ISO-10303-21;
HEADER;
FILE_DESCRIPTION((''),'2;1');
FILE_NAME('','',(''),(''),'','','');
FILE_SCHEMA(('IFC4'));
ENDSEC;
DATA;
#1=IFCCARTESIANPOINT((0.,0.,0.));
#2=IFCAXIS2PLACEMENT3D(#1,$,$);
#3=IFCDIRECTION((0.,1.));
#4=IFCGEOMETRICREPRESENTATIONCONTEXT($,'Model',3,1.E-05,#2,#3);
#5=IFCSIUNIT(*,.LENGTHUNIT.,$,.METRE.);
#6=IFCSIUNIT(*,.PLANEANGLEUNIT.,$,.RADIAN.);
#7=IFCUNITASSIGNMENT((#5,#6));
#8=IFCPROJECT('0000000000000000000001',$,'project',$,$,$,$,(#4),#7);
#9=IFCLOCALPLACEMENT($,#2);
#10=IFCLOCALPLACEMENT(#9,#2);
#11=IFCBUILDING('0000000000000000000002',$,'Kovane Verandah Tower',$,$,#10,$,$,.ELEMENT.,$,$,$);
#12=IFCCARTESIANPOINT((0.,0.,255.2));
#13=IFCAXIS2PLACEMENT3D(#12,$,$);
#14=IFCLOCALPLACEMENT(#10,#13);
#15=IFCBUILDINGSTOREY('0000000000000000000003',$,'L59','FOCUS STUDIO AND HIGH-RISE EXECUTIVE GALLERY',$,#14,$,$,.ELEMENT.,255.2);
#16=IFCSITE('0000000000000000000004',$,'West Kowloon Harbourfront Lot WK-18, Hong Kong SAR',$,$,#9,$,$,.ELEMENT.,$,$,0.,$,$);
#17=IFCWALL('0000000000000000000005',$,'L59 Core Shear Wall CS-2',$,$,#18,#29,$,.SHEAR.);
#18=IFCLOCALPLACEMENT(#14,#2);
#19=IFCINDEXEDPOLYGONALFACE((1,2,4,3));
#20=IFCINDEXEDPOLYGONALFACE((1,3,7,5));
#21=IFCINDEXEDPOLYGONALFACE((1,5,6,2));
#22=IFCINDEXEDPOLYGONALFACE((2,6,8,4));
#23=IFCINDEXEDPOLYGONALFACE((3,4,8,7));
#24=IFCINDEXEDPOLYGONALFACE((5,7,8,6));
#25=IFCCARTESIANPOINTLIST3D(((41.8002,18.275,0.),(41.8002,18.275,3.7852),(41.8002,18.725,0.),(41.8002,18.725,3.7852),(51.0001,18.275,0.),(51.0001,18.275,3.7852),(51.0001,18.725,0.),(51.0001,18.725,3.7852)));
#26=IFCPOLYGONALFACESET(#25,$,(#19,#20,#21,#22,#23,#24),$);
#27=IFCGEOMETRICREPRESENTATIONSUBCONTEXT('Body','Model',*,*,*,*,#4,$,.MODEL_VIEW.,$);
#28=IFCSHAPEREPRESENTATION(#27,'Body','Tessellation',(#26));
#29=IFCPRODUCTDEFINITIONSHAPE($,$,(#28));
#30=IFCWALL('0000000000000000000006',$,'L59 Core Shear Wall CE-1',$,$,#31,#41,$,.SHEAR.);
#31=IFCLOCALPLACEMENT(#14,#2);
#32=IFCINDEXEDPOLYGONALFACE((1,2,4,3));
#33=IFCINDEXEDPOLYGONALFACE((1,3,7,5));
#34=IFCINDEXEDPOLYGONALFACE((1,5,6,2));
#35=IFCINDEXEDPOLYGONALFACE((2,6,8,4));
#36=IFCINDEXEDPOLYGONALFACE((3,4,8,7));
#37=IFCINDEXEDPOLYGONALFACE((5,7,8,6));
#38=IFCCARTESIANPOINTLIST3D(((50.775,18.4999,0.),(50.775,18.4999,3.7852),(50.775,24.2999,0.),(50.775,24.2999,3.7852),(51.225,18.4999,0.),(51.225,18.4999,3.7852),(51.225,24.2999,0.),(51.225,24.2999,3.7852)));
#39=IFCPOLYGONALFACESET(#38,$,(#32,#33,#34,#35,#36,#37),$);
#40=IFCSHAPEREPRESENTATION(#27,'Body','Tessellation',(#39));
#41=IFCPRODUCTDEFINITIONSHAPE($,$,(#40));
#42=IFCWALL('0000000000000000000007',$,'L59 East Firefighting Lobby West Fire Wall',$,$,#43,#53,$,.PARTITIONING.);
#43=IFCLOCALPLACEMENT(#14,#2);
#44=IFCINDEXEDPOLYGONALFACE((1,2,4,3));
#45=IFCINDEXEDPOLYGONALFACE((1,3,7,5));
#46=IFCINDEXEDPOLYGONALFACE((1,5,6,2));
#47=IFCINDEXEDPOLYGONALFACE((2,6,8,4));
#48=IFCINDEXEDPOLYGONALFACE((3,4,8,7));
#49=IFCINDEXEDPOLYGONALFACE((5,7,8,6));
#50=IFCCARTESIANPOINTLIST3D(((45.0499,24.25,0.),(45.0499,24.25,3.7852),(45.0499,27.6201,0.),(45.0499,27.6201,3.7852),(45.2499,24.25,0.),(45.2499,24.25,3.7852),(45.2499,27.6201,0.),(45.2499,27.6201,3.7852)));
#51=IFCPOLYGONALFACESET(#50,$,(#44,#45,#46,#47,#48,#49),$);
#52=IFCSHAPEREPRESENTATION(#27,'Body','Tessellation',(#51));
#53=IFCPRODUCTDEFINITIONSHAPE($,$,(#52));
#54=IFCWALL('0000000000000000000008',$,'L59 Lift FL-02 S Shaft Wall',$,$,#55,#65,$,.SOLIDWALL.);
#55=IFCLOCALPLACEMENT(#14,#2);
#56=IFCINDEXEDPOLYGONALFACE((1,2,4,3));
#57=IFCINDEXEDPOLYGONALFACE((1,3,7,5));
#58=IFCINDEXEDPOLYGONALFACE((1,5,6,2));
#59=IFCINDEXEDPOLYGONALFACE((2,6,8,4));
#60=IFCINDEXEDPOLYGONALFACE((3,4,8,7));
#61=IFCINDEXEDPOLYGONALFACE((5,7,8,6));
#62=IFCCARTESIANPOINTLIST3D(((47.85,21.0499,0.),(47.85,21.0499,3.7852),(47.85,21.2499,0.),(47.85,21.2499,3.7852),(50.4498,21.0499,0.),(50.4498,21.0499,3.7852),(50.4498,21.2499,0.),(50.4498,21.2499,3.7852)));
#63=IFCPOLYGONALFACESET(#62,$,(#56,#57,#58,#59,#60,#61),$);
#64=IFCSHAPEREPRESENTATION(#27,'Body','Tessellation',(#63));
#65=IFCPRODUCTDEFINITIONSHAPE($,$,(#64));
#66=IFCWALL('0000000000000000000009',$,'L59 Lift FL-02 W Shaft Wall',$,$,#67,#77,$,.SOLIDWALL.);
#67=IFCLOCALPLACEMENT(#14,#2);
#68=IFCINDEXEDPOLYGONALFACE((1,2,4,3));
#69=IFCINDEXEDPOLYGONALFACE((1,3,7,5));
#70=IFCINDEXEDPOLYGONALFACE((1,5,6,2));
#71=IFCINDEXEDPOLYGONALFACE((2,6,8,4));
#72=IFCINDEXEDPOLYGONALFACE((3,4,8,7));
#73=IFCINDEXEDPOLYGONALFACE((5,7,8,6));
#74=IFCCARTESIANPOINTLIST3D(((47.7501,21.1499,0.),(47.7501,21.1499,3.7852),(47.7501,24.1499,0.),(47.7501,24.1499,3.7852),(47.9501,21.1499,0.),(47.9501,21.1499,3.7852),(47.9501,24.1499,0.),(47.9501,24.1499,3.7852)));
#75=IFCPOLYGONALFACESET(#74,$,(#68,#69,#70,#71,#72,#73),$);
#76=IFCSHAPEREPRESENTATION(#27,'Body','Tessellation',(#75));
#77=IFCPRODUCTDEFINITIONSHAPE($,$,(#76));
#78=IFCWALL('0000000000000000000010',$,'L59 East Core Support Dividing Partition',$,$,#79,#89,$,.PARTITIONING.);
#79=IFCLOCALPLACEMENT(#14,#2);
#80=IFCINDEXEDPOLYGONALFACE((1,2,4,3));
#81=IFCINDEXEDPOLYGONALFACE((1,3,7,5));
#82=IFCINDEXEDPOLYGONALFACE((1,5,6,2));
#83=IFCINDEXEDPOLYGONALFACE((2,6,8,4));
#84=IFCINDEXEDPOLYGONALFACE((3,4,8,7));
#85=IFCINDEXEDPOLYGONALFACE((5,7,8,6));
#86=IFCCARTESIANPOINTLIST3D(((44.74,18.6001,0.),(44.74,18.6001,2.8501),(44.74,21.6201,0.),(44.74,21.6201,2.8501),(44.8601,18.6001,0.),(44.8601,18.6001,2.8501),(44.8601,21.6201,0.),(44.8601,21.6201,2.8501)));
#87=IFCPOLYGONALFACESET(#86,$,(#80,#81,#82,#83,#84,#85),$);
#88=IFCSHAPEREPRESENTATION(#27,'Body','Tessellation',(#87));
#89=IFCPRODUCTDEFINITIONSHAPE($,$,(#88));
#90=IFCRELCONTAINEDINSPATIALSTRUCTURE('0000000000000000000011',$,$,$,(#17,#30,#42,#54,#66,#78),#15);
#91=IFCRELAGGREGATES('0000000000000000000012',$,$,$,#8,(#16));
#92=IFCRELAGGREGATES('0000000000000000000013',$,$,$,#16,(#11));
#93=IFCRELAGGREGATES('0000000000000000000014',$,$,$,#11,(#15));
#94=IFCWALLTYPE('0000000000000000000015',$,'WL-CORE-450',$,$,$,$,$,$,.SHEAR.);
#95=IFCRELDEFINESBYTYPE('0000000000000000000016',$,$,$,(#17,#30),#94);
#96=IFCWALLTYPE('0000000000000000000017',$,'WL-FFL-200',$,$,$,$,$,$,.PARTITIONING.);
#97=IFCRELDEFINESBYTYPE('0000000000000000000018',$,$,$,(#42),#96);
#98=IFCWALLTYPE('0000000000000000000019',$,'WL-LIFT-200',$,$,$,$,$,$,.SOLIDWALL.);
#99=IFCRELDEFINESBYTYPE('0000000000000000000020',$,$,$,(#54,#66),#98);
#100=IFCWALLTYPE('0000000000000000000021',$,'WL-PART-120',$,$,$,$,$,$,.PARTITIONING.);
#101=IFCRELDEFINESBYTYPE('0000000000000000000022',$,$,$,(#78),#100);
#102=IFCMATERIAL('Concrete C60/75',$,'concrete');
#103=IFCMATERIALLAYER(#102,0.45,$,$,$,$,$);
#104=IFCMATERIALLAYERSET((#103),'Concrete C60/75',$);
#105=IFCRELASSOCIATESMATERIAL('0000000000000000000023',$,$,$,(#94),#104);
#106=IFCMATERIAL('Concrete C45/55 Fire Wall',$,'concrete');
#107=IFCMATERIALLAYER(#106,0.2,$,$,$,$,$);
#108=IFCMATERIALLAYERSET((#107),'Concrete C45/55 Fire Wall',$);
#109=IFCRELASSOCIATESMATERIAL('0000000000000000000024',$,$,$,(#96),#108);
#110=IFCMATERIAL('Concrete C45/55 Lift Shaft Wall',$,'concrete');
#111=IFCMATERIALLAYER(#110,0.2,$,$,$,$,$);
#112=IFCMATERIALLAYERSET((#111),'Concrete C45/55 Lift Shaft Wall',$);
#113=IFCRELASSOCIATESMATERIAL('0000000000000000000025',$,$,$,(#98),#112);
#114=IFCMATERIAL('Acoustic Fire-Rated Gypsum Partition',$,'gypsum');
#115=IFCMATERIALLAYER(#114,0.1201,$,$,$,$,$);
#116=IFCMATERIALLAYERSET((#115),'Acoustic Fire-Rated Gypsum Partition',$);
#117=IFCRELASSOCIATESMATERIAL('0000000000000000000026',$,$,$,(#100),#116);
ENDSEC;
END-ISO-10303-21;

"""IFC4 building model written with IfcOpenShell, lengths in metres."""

from ifc_helpers import new_model, si_unit, direction, frame, frame_2d, origin, place, context, subcontext, project, spatial, rectangle, extrude, material, layer, layer_set, type_object, element, save


model = new_model("IFC4")

# Units and contexts
model_context = context("Model", 3, precision=1e-05, world=origin(), true_north=direction((0.0, 1.0)))
body_context = subcontext(model_context, "Body", "Model", "MODEL_VIEW")
ifc_project = project(units=[si_unit("LENGTHUNIT", "METRE"), si_unit("PLANEANGLEUNIT", "RADIAN")], contexts=[model_context])

# Site, building, storey
site_placement = place(None, origin())
site = spatial("IfcSite", under=ifc_project, at=site_placement, Name="West Kowloon Harbourfront Lot WK-18, Hong Kong SAR", CompositionType="ELEMENT", RefElevation=0.0)
building_placement = place(site_placement, origin())
building = spatial("IfcBuilding", under=site, at=building_placement, Name="Kovane Verandah Tower", CompositionType="ELEMENT")
storey_placement = place(building_placement, frame((0.0, 0.0, 255.2)))
storey = spatial("IfcBuildingStorey", under=building, at=storey_placement, Name="L59", Description="FOCUS STUDIO AND HIGH-RISE EXECUTIVE GALLERY", CompositionType="ELEMENT", Elevation=255.2)

# Shared definitions
ifc_material_1 = material(Name="Concrete C60/75", Category="concrete")

# Walls
ifc_layer_1 = layer(ifc_material_1, 0.45)
ifc_layer_set_1 = layer_set([ifc_layer_1], Name="Concrete C60/75")
wall_type_1 = type_object("IfcWallType", Name="WL-CORE-450", PredefinedType="SHEAR", material=ifc_layer_set_1)
wall_1_placement = place(storey_placement, frame((41.8, 18.5, 0.0), z_axis=(0.0, 0.0, 1.0), x_axis=(1.0, 0.0, 0.0)))
element("IfcWall", 1, at=wall_1_placement, inside=storey, type_object=wall_type_1, Name="L59 Core Shear Wall CS-2", PredefinedType="SHEAR", context=body_context, shape_type="SweptSolid", body=[
    extrude(rectangle(XDim=9.2, YDim=0.45, at=frame_2d((4.6001, 0.0))), origin(), (0.0, 0.0, 1.0), 3.7852),
])
wall_2_placement = place(storey_placement, frame((51.0, 18.5, 0.0), z_axis=(0.0, 0.0, 1.0), x_axis=(0.0, 1.0, 0.0)))
element("IfcWall", 2, at=wall_2_placement, inside=storey, type_object=wall_type_1, Name="L59 Core Shear Wall CE-1", PredefinedType="SHEAR", context=body_context, shape_type="SweptSolid", body=[
    extrude(rectangle(XDim=5.8, YDim=0.45, at=frame_2d((2.8999, 0.0))), origin(), (0.0, 0.0, 1.0), 3.7852),
])
ifc_material_2 = material(Name="Concrete C45/55 Fire Wall", Category="concrete")
ifc_layer_2 = layer(ifc_material_2, 0.2)
ifc_layer_set_2 = layer_set([ifc_layer_2], Name="Concrete C45/55 Fire Wall")
wall_type_2 = type_object("IfcWallType", Name="WL-FFL-200", PredefinedType="PARTITIONING", material=ifc_layer_set_2)
wall_3_placement = place(storey_placement, frame((45.1499, 24.25, 0.0), z_axis=(0.0, 0.0, 1.0), x_axis=(0.0, 1.0, 0.0)))
element("IfcWall", 3, at=wall_3_placement, inside=storey, type_object=wall_type_2, Name="L59 East Firefighting Lobby West Fire Wall", PredefinedType="PARTITIONING", context=body_context, shape_type="SweptSolid", body=[
    extrude(rectangle(XDim=3.3701, YDim=0.2, at=frame_2d((1.6851, 0.0))), origin(), (0.0, 0.0, 1.0), 3.7852),
])

# Wall
ifc_material_3 = material(Name="Concrete C45/55 Lift Shaft Wall", Category="concrete")
ifc_layer_3 = layer(ifc_material_3, 0.2)
ifc_layer_set_3 = layer_set([ifc_layer_3], Name="Concrete C45/55 Lift Shaft Wall")
wall_type_3 = type_object("IfcWallType", Name="WL-LIFT-200", PredefinedType="SOLIDWALL", material=ifc_layer_set_3)
wall_4_placement = place(storey_placement, frame((47.8501, 21.1499, 0.0), z_axis=(0.0, 0.0, 1.0), x_axis=(1.0, 0.0, 0.0)))
element("IfcWall", 4, at=wall_4_placement, inside=storey, type_object=wall_type_3, Name="L59 Lift FL-02 S Shaft Wall", PredefinedType="SOLIDWALL", context=body_context, shape_type="SweptSolid", body=[
    extrude(rectangle(XDim=2.5999, YDim=0.2, at=frame_2d((1.2998, 0.0))), origin(), (0.0, 0.0, 1.0), 3.7852),
])

# Walls
wall_5_placement = place(storey_placement, frame((47.8501, 24.1499, 0.0), z_axis=(0.0, 0.0, 1.0), x_axis=(0.0, -1.0, 0.0)))
element("IfcWall", 5, at=wall_5_placement, inside=storey, type_object=wall_type_3, Name="L59 Lift FL-02 W Shaft Wall", PredefinedType="SOLIDWALL", context=body_context, shape_type="SweptSolid", body=[
    extrude(rectangle(XDim=3.0, YDim=0.2, at=frame_2d((1.5, 0.0))), origin(), (0.0, 0.0, 1.0), 3.7852),
])
ifc_material_4 = material(Name="Acoustic Fire-Rated Gypsum Partition", Category="gypsum")
ifc_layer_4 = layer(ifc_material_4, 0.1201)
ifc_layer_set_4 = layer_set([ifc_layer_4], Name="Acoustic Fire-Rated Gypsum Partition")
wall_type_4 = type_object("IfcWallType", Name="WL-PART-120", PredefinedType="PARTITIONING", material=ifc_layer_set_4)
wall_6_placement = place(storey_placement, frame((44.8, 18.6001, 0.0), z_axis=(0.0, 0.0, 1.0), x_axis=(0.0, 1.0, 0.0)))
element("IfcWall", 6, at=wall_6_placement, inside=storey, type_object=wall_type_4, Name="L59 East Core Support Dividing Partition", PredefinedType="PARTITIONING", context=body_context, shape_type="SweptSolid", body=[
    extrude(rectangle(XDim=3.02, YDim=0.1201, at=frame_2d((1.51, 0.0))), origin(), (0.0, 0.0, 1.0), 2.8501),
])

save(model, "model.ifc")
